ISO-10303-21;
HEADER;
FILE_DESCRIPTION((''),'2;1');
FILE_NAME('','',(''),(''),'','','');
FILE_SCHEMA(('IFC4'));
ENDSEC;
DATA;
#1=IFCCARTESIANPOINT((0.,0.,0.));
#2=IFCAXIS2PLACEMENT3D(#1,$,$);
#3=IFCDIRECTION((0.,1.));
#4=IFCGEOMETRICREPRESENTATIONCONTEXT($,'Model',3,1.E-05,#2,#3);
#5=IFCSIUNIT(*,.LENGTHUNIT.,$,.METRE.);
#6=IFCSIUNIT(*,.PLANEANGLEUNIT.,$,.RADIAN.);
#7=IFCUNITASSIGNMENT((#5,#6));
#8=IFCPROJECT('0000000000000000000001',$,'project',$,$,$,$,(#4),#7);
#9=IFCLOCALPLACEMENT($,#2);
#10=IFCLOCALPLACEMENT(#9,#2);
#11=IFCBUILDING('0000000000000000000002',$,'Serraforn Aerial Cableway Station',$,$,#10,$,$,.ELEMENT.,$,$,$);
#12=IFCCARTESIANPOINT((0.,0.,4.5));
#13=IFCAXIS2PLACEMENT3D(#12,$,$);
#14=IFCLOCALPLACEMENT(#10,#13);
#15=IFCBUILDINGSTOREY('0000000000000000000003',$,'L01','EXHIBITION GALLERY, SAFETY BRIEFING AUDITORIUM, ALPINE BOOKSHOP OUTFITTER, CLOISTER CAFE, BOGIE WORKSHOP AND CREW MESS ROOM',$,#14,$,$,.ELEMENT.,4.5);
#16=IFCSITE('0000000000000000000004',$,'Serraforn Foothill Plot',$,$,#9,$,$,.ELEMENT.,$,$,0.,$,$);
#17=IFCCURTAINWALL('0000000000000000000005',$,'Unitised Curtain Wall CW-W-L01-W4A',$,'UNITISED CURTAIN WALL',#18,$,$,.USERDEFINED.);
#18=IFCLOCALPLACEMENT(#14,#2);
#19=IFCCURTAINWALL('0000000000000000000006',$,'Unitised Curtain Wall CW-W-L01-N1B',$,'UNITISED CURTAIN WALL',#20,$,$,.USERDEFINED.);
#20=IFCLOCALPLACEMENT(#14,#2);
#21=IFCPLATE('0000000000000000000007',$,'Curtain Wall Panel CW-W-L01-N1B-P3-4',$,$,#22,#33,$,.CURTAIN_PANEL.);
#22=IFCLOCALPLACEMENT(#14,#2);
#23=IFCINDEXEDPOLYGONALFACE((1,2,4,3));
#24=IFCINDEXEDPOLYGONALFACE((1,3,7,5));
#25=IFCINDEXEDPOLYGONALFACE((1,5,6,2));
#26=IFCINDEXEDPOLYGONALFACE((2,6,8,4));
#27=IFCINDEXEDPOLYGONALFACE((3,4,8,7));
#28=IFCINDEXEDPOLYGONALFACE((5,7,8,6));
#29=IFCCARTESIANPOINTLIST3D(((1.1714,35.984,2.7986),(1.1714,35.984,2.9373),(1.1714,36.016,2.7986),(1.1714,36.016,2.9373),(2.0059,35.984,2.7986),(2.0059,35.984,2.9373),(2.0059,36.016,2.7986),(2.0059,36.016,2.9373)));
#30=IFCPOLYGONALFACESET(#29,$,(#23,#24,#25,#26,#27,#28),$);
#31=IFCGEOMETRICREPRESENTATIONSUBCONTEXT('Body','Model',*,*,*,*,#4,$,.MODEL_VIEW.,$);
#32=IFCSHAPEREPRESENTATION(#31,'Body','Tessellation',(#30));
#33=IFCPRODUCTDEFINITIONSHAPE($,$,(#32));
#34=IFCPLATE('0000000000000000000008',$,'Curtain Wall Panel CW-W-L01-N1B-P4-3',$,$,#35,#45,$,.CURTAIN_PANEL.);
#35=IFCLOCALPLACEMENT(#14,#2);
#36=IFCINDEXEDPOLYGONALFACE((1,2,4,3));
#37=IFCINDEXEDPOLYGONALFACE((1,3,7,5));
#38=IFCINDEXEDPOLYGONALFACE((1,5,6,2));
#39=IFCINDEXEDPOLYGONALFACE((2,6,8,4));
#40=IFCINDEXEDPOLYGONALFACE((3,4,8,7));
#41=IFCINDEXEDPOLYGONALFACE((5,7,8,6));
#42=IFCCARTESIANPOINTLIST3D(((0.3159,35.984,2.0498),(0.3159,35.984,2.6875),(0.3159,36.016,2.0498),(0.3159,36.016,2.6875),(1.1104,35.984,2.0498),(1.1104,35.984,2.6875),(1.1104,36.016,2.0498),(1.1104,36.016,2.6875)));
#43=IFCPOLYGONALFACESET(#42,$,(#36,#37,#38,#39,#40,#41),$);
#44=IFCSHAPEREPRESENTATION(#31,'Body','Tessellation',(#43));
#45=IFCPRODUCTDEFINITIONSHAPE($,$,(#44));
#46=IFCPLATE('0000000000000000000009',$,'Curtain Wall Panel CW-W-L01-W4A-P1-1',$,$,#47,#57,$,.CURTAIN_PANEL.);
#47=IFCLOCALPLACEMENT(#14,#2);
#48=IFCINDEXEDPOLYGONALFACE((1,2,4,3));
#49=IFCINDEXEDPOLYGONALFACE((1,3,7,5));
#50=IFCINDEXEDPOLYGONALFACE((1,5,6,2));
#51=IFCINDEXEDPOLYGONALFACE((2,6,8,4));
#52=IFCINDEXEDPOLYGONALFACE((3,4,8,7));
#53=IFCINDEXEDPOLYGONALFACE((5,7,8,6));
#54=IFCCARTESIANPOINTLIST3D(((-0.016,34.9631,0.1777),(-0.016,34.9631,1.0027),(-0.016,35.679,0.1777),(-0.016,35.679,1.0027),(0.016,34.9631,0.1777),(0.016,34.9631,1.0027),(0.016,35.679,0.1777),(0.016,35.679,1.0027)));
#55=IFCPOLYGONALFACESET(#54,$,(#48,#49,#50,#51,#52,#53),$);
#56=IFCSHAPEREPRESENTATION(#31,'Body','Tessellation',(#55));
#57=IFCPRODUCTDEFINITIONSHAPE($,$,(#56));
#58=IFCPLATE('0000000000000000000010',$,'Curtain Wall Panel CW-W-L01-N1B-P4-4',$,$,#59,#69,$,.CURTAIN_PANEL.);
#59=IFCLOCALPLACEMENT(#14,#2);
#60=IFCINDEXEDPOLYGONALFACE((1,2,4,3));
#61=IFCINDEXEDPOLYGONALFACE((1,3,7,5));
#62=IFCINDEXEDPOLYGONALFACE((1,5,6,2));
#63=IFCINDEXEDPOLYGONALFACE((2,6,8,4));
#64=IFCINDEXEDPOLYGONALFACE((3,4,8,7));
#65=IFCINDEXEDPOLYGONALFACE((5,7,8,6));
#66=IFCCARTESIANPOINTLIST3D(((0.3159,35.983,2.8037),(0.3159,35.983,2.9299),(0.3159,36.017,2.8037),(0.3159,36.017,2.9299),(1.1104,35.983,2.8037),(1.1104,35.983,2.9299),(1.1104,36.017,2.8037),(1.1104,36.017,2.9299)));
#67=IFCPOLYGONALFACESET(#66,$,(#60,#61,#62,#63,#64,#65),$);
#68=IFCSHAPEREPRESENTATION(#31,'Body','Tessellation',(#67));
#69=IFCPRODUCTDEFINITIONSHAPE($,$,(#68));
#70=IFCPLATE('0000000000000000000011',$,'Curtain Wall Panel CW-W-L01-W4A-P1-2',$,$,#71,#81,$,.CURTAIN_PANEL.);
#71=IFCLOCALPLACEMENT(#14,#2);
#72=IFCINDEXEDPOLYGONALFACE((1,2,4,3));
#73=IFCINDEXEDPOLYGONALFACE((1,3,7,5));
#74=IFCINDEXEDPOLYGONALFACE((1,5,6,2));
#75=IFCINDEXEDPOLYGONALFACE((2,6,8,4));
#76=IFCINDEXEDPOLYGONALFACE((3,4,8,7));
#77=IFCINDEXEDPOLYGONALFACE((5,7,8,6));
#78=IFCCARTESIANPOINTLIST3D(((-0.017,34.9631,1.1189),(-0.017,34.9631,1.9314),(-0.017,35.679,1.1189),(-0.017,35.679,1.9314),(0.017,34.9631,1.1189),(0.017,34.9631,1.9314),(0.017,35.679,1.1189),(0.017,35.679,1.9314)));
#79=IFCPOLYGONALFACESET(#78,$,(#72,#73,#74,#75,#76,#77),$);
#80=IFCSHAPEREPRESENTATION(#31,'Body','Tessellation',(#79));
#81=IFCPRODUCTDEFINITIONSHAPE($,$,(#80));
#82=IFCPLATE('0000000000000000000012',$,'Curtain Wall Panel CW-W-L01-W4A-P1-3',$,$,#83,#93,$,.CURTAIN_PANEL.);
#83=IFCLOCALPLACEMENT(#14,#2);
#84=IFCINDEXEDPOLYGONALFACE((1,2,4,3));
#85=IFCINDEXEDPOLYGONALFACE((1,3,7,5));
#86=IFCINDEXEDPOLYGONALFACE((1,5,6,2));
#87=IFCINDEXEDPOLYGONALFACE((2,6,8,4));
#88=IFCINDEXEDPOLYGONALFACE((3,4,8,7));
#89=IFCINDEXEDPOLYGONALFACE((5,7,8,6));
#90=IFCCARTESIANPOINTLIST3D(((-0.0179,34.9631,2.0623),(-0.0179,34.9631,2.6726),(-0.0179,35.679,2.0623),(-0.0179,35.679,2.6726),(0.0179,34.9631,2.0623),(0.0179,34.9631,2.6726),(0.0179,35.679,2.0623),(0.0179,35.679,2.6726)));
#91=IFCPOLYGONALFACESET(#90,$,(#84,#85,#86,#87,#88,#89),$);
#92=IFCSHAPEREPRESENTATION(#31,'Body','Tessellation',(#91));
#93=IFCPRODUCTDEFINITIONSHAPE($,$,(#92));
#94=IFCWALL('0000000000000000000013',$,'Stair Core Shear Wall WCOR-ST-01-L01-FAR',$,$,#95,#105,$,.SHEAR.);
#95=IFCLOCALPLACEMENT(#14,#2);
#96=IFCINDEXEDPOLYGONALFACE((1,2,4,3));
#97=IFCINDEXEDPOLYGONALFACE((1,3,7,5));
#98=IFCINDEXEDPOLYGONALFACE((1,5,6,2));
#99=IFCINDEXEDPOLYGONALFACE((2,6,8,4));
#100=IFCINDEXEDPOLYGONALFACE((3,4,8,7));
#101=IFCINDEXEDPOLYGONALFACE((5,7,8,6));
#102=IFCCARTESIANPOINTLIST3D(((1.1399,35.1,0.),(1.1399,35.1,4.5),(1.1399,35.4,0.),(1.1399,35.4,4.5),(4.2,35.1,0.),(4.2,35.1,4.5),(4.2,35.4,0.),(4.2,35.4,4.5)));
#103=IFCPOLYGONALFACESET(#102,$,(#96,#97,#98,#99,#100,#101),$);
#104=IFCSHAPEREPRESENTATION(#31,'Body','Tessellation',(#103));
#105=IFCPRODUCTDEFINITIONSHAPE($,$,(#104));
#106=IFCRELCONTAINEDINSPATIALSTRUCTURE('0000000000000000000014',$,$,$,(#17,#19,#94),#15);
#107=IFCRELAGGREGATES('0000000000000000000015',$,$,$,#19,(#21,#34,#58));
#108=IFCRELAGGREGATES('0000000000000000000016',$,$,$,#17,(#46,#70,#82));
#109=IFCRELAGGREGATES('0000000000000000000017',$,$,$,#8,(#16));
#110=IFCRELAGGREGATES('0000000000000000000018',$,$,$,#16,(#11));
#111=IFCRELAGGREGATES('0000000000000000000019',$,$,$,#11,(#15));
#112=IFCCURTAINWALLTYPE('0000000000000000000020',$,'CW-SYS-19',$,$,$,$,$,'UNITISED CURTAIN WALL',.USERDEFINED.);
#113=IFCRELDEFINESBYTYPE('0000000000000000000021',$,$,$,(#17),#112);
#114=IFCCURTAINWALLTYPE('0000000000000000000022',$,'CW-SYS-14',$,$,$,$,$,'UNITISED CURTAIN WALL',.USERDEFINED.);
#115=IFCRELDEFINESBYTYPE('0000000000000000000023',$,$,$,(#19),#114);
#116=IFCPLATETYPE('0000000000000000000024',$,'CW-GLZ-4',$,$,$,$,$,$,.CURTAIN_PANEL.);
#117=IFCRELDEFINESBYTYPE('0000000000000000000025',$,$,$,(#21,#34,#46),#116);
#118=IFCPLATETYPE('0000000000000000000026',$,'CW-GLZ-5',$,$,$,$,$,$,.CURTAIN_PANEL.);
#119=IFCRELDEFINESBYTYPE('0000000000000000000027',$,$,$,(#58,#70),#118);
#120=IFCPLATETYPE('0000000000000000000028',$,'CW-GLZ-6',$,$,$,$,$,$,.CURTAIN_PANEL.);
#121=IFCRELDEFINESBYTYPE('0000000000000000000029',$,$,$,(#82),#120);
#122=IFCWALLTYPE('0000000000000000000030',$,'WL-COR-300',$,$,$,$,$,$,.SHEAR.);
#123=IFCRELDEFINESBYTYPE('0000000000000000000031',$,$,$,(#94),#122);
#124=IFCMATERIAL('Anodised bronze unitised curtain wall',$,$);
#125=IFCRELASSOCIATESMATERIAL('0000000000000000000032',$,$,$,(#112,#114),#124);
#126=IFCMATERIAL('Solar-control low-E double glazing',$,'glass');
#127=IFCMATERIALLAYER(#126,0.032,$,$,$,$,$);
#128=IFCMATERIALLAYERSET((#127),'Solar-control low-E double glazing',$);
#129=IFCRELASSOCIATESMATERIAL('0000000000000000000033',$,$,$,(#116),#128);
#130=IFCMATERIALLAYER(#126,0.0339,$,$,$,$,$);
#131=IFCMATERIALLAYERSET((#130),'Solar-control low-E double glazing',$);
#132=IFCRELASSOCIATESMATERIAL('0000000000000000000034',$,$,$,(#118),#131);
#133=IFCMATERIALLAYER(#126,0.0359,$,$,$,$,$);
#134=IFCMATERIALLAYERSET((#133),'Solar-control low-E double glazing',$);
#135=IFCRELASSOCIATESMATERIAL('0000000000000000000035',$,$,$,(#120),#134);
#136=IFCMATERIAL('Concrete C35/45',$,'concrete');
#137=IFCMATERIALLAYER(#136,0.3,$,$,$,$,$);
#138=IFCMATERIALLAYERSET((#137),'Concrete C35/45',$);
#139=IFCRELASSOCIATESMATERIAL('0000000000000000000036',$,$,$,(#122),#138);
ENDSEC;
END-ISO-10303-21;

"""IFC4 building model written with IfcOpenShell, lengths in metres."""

from ifc_helpers import new_model, si_unit, direction, frame, frame_2d, origin, origin_2d, place, context, subcontext, project, spatial, rectangle, extrude, material, layer, layer_set, type_object, element, aggregate, save


model = new_model("IFC4")

# Units and contexts
model_context = context("Model", 3, precision=1e-05, world=origin(), true_north=direction((0.0, 1.0)))
body_context = subcontext(model_context, "Body", "Model", "MODEL_VIEW")
ifc_project = project(units=[si_unit("LENGTHUNIT", "METRE"), si_unit("PLANEANGLEUNIT", "RADIAN")], contexts=[model_context])

# Site, building, storey
site_placement = place(None, origin())
site = spatial("IfcSite", under=ifc_project, at=site_placement, Name="Serraforn Foothill Plot", CompositionType="ELEMENT", RefElevation=0.0)
building_placement = place(site_placement, origin())
building = spatial("IfcBuilding", under=site, at=building_placement, Name="Serraforn Aerial Cableway Station", CompositionType="ELEMENT")
storey_placement = place(building_placement, frame((0.0, 0.0, 4.5)))
storey = spatial("IfcBuildingStorey", under=building, at=storey_placement, Name="L01", Description="EXHIBITION GALLERY, SAFETY BRIEFING AUDITORIUM, ALPINE BOOKSHOP OUTFITTER, CLOISTER CAFE, BOGIE WORKSHOP AND CREW MESS ROOM", CompositionType="ELEMENT", Elevation=4.5)

# Shared definitions
ifc_material_1 = material(Name="Concrete C35/45", Category="concrete")

# Curtain wall
ifc_material_2 = material(Name="Anodised bronze unitised curtain wall")
curtain_wall_type_1 = type_object("IfcCurtainWallType", Name="CW-SYS-19", ElementType="UNITISED CURTAIN WALL", PredefinedType="USERDEFINED", material=ifc_material_2)
curtain_wall_1_placement = place(storey_placement, origin())
curtain_wall_1 = element("IfcCurtainWall", 1, at=curtain_wall_1_placement, inside=storey, type_object=curtain_wall_type_1, Name="Unitised Curtain Wall CW-W-L01-W4A", ObjectType="UNITISED CURTAIN WALL", PredefinedType="USERDEFINED")

# Curtain wall
curtain_wall_type_2 = type_object("IfcCurtainWallType", Name="CW-SYS-14", ElementType="UNITISED CURTAIN WALL", PredefinedType="USERDEFINED", material=ifc_material_2)
curtain_wall_2_placement = place(storey_placement, origin())
curtain_wall_2 = element("IfcCurtainWall", 2, at=curtain_wall_2_placement, inside=storey, type_object=curtain_wall_type_2, Name="Unitised Curtain Wall CW-W-L01-N1B", ObjectType="UNITISED CURTAIN WALL", PredefinedType="USERDEFINED")

# Plates
ifc_material_3 = material(Name="Solar-control low-E double glazing", Category="glass")
ifc_layer_1 = layer(ifc_material_3, 0.032)
ifc_layer_set_1 = layer_set([ifc_layer_1], Name="Solar-control low-E double glazing")
plate_type_1 = type_object("IfcPlateType", Name="CW-GLZ-4", PredefinedType="CURTAIN_PANEL", material=ifc_layer_set_1)
plate_1_placement = place(storey_placement, frame((1.5886, 36.0, 2.7986), z_axis=(0.0, 0.0, 1.0), x_axis=(1.0, 0.0, 0.0)))
plate_1 = element("IfcPlate", 3, at=plate_1_placement, type_object=plate_type_1, Name="Curtain Wall Panel CW-W-L01-N1B-P3-4", PredefinedType="CURTAIN_PANEL", context=body_context, shape_type="SweptSolid", body=[
    extrude(rectangle(XDim=0.8345, YDim=0.032, at=origin_2d()), origin(), (0.0, 0.0, 1.0), 0.1387),
])
plate_2_placement = place(storey_placement, frame((0.7131, 36.0, 2.0498), z_axis=(0.0, 0.0, 1.0), x_axis=(1.0, 0.0, 0.0)))
plate_2 = element("IfcPlate", 4, at=plate_2_placement, type_object=plate_type_1, Name="Curtain Wall Panel CW-W-L01-N1B-P4-3", PredefinedType="CURTAIN_PANEL", context=body_context, shape_type="SweptSolid", body=[
    extrude(rectangle(XDim=0.7944, YDim=0.032, at=origin_2d()), origin(), (0.0, 0.0, 1.0), 0.6377),
])
plate_3_placement = place(storey_placement, frame((0.0, 35.321, 0.1777), z_axis=(0.0, 0.0, 1.0), x_axis=(1.0, 0.0, 0.0)))
plate_3 = element("IfcPlate", 5, at=plate_3_placement, type_object=plate_type_1, Name="Curtain Wall Panel CW-W-L01-W4A-P1-1", PredefinedType="CURTAIN_PANEL", context=body_context, shape_type="SweptSolid", body=[
    extrude(rectangle(XDim=0.032, YDim=0.7158, at=origin_2d()), origin(), (0.0, 0.0, 1.0), 0.825),
])
ifc_layer_2 = layer(ifc_material_3, 0.0339)
ifc_layer_set_2 = layer_set([ifc_layer_2], Name="Solar-control low-E double glazing")
plate_type_2 = type_object("IfcPlateType", Name="CW-GLZ-5", PredefinedType="CURTAIN_PANEL", material=ifc_layer_set_2)
plate_4_placement = place(storey_placement, frame((0.7131, 36.0, 2.8037), z_axis=(0.0, 0.0, 1.0), x_axis=(1.0, 0.0, 0.0)))
plate_4 = element("IfcPlate", 6, at=plate_4_placement, type_object=plate_type_2, Name="Curtain Wall Panel CW-W-L01-N1B-P4-4", PredefinedType="CURTAIN_PANEL", context=body_context, shape_type="SweptSolid", body=[
    extrude(rectangle(XDim=0.7944, YDim=0.0339, at=origin_2d()), origin(), (0.0, 0.0, 1.0), 0.1262),
])
aggregate(curtain_wall_2, [plate_1, plate_2, plate_4])
plate_5_placement = place(storey_placement, frame((0.0, 35.321, 1.1189), z_axis=(0.0, 0.0, 1.0), x_axis=(1.0, 0.0, 0.0)))
plate_5 = element("IfcPlate", 7, at=plate_5_placement, type_object=plate_type_2, Name="Curtain Wall Panel CW-W-L01-W4A-P1-2", PredefinedType="CURTAIN_PANEL", context=body_context, shape_type="SweptSolid", body=[
    extrude(rectangle(XDim=0.0339, YDim=0.7158, at=origin_2d()), origin(), (0.0, 0.0, 1.0), 0.8125),
])
ifc_layer_3 = layer(ifc_material_3, 0.0359)
ifc_layer_set_3 = layer_set([ifc_layer_3], Name="Solar-control low-E double glazing")
plate_type_3 = type_object("IfcPlateType", Name="CW-GLZ-6", PredefinedType="CURTAIN_PANEL", material=ifc_layer_set_3)
plate_6_placement = place(storey_placement, frame((0.0, 35.321, 2.0623), z_axis=(0.0, 0.0, 1.0), x_axis=(1.0, 0.0, 0.0)))
plate_6 = element("IfcPlate", 8, at=plate_6_placement, type_object=plate_type_3, Name="Curtain Wall Panel CW-W-L01-W4A-P1-3", PredefinedType="CURTAIN_PANEL", context=body_context, shape_type="SweptSolid", body=[
    extrude(rectangle(XDim=0.0359, YDim=0.7158, at=origin_2d()), origin(), (0.0, 0.0, 1.0), 0.6104),
])
aggregate(curtain_wall_1, [plate_3, plate_5, plate_6])

# Wall
ifc_layer_4 = layer(ifc_material_1, 0.3)
ifc_layer_set_4 = layer_set([ifc_layer_4], Name="Concrete C35/45")
wall_type = type_object("IfcWallType", Name="WL-COR-300", PredefinedType="SHEAR", material=ifc_layer_set_4)
wall_placement = place(storey_placement, frame((4.2, 35.25, 0.0), z_axis=(0.0, 0.0, 1.0), x_axis=(-1.0, 0.0, 0.0)))
element("IfcWall", 9, at=wall_placement, inside=storey, type_object=wall_type, Name="Stair Core Shear Wall WCOR-ST-01-L01-FAR", PredefinedType="SHEAR", context=body_context, shape_type="SweptSolid", body=[
    extrude(rectangle(XDim=3.0601, YDim=0.3, at=frame_2d((1.53, 0.0))), origin(), (0.0, 0.0, 1.0), 4.5),
])

save(model, "model.ifc")
